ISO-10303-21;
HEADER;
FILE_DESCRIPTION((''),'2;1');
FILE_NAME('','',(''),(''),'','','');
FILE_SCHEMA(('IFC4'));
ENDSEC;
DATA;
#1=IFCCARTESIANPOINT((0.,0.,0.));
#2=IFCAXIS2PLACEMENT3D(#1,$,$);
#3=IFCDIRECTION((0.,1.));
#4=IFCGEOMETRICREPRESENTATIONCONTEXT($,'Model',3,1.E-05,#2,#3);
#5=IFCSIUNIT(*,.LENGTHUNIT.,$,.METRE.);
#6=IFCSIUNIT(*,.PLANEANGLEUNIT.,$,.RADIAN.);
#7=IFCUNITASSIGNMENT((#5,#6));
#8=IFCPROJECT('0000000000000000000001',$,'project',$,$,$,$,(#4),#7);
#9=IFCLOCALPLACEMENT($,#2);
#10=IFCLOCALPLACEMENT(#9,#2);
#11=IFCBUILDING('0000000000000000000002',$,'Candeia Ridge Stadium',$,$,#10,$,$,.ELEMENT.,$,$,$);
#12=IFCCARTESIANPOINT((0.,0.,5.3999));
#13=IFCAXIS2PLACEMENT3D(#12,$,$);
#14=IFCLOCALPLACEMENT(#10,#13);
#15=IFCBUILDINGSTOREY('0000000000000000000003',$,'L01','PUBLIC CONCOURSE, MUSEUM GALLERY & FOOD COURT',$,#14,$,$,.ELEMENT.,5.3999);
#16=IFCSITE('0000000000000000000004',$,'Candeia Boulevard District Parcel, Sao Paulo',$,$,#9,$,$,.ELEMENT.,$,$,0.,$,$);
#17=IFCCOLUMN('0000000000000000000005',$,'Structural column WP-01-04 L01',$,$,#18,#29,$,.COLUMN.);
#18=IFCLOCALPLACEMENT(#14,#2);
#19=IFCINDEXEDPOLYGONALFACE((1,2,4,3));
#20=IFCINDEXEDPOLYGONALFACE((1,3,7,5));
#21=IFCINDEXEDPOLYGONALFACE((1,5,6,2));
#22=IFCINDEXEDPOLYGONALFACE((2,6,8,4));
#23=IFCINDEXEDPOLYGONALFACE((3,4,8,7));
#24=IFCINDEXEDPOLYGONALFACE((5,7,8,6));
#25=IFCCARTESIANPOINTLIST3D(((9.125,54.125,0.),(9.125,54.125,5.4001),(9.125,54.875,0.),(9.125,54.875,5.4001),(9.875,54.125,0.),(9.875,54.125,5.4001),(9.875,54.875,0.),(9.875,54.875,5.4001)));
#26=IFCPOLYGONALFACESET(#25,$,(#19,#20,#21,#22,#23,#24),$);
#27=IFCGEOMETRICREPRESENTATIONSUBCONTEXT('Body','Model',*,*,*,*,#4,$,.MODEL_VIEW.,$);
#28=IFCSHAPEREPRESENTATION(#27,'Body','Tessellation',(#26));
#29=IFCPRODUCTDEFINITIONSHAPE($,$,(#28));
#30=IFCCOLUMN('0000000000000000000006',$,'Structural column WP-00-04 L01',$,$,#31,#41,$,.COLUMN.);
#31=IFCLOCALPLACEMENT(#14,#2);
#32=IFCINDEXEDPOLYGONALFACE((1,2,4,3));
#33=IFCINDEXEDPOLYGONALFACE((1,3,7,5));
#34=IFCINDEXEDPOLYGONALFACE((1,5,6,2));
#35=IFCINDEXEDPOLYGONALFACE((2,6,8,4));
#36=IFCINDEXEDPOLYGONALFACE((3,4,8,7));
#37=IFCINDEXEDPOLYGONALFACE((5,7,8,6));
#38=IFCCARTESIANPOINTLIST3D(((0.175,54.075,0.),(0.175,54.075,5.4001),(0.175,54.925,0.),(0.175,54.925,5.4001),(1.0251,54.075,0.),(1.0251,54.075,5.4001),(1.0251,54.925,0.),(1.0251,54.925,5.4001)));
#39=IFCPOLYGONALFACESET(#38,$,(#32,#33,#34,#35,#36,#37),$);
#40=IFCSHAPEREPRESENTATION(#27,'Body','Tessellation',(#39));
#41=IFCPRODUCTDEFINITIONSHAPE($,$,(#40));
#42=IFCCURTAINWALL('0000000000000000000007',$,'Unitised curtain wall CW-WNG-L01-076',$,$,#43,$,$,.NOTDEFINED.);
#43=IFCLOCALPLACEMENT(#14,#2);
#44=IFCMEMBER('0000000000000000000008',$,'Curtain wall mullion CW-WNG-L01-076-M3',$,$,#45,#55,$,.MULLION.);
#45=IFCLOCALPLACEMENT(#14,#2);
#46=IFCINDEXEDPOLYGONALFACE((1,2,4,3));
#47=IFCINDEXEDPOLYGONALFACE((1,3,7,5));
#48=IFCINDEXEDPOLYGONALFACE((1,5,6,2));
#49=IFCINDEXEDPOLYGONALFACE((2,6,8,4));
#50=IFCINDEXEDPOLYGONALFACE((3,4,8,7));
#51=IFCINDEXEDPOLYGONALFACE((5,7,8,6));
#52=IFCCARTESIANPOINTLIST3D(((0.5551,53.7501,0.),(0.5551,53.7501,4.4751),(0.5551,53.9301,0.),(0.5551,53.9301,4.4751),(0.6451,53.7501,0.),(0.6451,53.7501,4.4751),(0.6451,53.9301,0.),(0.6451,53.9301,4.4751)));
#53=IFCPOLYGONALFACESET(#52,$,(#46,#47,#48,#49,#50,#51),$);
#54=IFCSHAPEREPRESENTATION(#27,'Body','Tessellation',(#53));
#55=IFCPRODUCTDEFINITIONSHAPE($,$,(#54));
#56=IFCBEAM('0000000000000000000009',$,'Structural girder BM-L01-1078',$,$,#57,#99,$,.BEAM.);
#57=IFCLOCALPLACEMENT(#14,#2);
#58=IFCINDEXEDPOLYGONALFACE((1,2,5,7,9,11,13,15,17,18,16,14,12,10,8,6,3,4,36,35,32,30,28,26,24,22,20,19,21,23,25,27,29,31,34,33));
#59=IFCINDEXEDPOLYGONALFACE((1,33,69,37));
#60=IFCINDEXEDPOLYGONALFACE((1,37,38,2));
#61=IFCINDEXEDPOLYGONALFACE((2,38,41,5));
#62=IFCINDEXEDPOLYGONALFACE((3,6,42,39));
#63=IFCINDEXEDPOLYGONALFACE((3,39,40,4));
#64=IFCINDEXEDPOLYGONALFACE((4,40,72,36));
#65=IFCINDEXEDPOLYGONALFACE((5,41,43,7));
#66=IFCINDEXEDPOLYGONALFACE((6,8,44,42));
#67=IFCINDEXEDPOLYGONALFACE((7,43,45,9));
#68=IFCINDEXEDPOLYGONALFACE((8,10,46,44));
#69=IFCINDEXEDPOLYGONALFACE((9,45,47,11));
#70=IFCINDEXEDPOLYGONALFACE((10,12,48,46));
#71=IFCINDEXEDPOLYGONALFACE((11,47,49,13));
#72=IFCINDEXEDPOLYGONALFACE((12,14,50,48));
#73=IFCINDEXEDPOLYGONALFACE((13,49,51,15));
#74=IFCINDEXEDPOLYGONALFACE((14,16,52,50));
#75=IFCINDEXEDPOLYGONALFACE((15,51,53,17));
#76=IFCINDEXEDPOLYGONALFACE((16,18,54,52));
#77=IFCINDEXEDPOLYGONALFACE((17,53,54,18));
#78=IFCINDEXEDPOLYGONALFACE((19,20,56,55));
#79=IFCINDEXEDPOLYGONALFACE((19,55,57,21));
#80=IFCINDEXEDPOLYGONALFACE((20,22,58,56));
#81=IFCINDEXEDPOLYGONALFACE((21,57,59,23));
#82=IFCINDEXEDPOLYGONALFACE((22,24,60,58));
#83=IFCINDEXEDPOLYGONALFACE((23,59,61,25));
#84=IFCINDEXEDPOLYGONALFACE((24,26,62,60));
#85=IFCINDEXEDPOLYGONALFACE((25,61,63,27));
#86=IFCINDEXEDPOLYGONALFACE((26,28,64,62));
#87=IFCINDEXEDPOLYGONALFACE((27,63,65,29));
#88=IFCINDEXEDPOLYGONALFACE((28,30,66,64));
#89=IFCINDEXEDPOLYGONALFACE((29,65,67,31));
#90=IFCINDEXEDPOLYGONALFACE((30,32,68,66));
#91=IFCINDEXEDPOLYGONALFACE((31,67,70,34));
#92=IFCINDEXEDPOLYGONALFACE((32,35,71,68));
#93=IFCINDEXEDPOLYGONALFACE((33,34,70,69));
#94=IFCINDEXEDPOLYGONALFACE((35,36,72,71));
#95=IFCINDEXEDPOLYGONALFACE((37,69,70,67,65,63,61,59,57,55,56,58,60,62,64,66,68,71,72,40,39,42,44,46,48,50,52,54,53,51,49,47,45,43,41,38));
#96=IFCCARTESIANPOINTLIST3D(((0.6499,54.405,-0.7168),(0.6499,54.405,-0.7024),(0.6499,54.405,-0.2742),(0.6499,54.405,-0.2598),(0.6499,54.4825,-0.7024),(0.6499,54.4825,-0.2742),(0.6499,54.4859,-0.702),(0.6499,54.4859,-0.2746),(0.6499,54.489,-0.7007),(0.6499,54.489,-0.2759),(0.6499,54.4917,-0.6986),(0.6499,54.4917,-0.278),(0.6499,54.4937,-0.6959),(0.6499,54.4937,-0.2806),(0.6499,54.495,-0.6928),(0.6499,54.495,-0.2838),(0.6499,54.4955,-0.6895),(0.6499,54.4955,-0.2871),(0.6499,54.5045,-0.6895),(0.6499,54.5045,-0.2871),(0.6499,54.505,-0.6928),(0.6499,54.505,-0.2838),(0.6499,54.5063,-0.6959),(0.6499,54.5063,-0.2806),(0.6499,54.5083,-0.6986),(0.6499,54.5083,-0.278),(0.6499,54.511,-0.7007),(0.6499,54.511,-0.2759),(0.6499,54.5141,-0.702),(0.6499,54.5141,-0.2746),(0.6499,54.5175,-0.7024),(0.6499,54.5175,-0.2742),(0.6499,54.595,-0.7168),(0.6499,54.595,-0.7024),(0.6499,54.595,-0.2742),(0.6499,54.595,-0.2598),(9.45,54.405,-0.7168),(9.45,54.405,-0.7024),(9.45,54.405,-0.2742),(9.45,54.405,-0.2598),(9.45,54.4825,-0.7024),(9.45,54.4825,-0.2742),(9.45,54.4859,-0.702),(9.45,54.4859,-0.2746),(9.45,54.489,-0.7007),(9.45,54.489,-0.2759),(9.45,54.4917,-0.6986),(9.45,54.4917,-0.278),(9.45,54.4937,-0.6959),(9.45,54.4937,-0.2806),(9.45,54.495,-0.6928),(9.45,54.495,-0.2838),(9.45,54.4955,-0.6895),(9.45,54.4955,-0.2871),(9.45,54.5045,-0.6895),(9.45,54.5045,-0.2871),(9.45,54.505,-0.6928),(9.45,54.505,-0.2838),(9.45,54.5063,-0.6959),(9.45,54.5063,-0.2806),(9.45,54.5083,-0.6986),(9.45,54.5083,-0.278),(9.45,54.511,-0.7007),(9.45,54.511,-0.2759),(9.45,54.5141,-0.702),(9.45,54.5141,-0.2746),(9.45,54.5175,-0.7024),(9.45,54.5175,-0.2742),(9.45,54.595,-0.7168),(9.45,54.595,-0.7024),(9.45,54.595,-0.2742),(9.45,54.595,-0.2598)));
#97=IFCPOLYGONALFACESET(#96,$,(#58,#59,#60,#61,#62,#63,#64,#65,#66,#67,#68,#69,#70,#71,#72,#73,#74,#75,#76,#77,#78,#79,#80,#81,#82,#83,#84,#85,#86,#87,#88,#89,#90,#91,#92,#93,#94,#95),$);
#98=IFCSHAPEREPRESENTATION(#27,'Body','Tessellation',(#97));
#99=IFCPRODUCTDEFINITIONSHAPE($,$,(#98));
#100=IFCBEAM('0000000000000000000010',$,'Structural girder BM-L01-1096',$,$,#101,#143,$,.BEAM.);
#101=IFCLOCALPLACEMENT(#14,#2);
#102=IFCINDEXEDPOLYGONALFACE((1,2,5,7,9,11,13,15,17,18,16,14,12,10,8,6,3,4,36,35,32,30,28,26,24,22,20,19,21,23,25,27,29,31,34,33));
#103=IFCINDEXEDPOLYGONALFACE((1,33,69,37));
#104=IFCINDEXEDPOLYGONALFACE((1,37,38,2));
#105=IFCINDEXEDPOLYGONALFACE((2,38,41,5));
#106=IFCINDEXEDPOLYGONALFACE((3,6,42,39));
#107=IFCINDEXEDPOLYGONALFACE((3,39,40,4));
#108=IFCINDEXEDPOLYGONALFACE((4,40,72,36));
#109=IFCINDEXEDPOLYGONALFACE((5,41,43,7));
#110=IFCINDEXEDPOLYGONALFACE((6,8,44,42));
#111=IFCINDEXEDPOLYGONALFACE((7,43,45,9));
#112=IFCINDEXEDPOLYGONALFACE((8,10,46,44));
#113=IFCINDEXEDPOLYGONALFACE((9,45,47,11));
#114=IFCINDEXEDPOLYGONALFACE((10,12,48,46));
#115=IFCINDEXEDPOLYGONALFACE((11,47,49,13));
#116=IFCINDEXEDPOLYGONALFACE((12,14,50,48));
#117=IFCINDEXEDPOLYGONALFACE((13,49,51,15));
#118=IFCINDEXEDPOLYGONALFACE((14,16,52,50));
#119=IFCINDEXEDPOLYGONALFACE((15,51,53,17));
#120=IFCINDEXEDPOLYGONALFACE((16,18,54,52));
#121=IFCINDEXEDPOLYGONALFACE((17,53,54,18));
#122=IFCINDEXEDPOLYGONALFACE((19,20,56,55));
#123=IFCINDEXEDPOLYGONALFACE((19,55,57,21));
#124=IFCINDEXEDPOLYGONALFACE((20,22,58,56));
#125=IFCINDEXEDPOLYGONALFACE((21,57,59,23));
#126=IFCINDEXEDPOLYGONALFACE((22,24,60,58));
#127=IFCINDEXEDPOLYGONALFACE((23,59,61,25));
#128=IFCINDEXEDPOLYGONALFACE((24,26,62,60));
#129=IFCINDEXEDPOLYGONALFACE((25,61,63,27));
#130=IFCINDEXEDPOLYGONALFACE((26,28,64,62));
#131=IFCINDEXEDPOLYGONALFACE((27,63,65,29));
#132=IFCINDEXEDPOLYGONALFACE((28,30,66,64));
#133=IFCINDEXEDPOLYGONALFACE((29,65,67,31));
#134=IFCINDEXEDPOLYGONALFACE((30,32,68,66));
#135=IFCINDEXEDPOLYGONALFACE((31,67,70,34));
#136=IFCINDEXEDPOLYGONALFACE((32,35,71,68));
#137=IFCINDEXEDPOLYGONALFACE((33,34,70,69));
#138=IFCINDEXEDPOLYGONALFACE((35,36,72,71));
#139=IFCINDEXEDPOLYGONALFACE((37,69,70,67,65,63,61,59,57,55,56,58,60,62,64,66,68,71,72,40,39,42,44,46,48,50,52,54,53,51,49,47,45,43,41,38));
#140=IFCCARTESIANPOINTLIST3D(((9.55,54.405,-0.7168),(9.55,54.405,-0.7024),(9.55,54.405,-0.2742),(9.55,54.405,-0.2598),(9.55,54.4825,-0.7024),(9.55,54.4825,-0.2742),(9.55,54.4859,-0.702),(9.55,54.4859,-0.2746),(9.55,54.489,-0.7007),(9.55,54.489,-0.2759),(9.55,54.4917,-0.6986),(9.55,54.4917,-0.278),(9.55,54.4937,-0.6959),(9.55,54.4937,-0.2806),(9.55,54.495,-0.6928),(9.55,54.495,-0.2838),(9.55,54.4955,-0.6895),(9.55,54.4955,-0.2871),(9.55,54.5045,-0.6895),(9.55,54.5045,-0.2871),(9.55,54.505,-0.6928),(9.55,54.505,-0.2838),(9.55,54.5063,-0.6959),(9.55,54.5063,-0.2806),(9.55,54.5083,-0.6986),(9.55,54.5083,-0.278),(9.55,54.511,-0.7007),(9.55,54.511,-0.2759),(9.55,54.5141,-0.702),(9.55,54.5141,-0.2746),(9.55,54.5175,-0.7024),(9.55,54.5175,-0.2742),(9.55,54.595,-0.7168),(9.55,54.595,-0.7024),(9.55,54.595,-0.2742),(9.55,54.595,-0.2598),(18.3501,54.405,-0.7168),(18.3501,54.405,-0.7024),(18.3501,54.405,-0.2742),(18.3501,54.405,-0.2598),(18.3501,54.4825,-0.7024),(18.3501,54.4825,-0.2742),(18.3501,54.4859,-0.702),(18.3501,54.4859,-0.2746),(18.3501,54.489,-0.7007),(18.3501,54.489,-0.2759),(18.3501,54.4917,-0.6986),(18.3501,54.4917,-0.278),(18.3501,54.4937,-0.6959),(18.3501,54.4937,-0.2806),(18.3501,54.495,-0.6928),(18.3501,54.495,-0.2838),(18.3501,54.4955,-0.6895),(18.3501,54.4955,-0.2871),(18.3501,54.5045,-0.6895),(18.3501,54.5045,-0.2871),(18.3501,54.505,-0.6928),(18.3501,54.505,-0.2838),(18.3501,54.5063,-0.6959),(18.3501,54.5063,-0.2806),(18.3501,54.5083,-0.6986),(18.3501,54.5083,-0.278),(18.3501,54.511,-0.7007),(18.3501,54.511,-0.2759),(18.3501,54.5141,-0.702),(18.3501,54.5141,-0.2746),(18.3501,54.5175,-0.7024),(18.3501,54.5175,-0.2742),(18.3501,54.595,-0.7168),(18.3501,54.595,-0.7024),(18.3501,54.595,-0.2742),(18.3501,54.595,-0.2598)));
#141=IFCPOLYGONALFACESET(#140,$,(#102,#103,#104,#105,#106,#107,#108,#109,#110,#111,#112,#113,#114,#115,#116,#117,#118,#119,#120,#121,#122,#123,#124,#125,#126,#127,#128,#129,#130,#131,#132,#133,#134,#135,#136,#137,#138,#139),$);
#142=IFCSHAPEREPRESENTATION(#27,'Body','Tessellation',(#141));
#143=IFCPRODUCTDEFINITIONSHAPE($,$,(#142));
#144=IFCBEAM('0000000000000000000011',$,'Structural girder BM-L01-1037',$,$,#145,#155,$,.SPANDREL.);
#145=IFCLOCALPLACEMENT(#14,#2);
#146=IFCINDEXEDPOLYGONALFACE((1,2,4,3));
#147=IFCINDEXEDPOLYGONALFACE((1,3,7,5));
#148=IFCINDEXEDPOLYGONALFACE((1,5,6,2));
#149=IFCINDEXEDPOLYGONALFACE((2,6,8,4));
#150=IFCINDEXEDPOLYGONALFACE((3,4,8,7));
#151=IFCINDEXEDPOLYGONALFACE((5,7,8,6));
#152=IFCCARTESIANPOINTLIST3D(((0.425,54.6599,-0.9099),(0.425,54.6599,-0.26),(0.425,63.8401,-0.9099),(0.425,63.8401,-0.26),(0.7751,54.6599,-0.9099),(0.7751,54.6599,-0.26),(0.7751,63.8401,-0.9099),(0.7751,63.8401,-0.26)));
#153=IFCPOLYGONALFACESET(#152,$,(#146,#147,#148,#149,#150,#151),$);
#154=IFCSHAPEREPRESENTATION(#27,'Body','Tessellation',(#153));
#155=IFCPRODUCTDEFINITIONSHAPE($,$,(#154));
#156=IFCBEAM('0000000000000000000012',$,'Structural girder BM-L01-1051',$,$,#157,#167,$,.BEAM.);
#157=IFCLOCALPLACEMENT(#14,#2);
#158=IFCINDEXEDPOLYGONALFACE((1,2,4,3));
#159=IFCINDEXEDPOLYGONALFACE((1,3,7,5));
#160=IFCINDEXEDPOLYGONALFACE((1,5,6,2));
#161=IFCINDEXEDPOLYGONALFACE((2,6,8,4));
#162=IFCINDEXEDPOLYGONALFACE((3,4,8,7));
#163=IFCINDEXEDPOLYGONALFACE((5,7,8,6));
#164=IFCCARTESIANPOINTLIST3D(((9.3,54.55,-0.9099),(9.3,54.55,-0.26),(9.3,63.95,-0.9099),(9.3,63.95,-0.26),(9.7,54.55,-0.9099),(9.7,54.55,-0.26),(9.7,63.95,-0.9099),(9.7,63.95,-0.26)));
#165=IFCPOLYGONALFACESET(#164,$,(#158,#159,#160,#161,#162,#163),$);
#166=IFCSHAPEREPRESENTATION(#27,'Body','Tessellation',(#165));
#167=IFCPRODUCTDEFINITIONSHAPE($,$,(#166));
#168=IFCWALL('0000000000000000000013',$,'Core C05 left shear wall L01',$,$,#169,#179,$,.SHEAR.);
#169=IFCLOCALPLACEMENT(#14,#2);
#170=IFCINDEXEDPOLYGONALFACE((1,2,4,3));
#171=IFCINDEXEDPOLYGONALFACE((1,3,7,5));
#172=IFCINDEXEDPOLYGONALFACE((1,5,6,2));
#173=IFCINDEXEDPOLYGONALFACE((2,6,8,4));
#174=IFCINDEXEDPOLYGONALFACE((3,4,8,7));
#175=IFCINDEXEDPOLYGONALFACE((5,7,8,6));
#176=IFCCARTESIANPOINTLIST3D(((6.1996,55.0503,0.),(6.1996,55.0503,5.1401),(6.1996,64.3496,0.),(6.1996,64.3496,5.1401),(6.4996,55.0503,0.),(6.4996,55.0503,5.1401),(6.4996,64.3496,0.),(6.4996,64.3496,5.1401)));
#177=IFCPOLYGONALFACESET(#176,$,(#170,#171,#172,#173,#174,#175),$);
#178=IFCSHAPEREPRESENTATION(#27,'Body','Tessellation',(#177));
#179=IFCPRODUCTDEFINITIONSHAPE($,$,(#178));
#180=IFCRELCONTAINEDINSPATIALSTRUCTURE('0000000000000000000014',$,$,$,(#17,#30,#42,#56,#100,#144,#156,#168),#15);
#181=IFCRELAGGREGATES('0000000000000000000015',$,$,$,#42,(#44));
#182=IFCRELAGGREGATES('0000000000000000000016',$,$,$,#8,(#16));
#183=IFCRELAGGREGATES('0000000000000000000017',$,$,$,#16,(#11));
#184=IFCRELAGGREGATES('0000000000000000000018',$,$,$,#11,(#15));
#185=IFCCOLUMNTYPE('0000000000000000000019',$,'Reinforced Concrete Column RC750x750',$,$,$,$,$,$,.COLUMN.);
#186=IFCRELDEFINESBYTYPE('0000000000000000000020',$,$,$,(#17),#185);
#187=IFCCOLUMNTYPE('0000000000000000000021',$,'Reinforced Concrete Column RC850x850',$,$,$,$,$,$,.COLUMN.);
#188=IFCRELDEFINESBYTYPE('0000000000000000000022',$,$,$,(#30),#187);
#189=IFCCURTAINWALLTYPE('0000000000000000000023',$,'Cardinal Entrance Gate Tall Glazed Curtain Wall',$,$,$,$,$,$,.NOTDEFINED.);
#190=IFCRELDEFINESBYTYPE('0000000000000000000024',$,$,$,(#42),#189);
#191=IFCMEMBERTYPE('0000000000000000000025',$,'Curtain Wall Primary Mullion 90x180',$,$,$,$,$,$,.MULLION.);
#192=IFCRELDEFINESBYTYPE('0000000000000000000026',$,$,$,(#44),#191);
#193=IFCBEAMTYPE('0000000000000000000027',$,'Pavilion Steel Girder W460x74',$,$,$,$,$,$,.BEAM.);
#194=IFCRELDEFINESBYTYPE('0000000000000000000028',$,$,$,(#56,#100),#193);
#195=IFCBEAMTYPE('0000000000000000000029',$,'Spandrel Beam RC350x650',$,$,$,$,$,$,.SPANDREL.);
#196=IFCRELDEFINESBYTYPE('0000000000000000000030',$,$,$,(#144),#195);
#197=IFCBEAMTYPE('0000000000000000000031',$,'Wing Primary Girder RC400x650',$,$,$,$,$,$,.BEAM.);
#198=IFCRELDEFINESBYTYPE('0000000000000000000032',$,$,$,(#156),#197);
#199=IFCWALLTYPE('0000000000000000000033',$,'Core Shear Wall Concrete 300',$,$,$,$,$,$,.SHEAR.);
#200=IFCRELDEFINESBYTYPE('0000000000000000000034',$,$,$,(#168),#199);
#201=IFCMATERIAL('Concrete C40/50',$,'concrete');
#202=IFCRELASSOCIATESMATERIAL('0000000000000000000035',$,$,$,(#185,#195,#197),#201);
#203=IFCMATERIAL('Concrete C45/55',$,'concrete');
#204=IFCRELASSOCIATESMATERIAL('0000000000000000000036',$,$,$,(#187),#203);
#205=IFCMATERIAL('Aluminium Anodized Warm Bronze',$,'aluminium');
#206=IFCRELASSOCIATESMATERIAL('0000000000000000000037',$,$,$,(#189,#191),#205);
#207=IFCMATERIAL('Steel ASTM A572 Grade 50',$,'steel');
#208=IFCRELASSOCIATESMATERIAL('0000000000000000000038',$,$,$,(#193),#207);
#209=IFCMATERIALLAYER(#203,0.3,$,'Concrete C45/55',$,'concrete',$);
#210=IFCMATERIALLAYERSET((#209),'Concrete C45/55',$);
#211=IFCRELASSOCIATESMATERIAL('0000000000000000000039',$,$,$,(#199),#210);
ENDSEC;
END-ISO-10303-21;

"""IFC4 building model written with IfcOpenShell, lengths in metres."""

from ifc_helpers import new_model, si_unit, direction, frame, frame_2d, origin, origin_2d, place, context, subcontext, project, spatial, rectangle, i_section, extrude, material, layer, layer_set, material_profile, profile_set, type_object, element, aggregate, save


model = new_model("IFC4")

# Units and contexts
model_context = context("Model", 3, precision=1e-05, world=origin(), true_north=direction((0.0, 1.0)))
body_context = subcontext(model_context, "Body", "Model", "MODEL_VIEW")
ifc_project = project(units=[si_unit("LENGTHUNIT", "METRE"), si_unit("PLANEANGLEUNIT", "RADIAN")], contexts=[model_context])

# Site, building, storey
site_placement = place(None, origin())
site = spatial("IfcSite", under=ifc_project, at=site_placement, Name="Candeia Boulevard District Parcel, Sao Paulo", CompositionType="ELEMENT", RefElevation=0.0)
building_placement = place(site_placement, origin())
building = spatial("IfcBuilding", under=site, at=building_placement, Name="Candeia Ridge Stadium", CompositionType="ELEMENT")
storey_placement = place(building_placement, frame((0.0, 0.0, 5.3999)))
storey = spatial("IfcBuildingStorey", under=building, at=storey_placement, Name="L01", Description="PUBLIC CONCOURSE, MUSEUM GALLERY & FOOD COURT", CompositionType="ELEMENT", Elevation=5.3999)

# Columns
ifc_material_1 = material(Name="Concrete C40/50", Category="concrete")
ifc_material_profile_1 = material_profile(ifc_material_1, rectangle(XDim=0.75, YDim=0.75, at=origin_2d()), Name="RC750x750", Category="concrete")
ifc_profile_set_1 = profile_set([ifc_material_profile_1], Name="Concrete C40/50")
column_type_1 = type_object("IfcColumnType", Name="Reinforced Concrete Column RC750x750", PredefinedType="COLUMN", material=ifc_profile_set_1)
column_1_placement = place(storey_placement, frame((9.5, 54.5, 0.0), z_axis=(0.0, 0.0, 1.0), x_axis=(1.0, 0.0, 0.0)))
element("IfcColumn", 1, at=column_1_placement, inside=storey, type_object=column_type_1, Name="Structural column WP-01-04 L01", PredefinedType="COLUMN", context=body_context, shape_type="SweptSolid", body=[
    extrude(rectangle(XDim=0.75, YDim=0.75, at=origin_2d()), origin(), (0.0, 0.0, 1.0), 5.4001),
])
ifc_material_2 = material(Name="Concrete C45/55", Category="concrete")
ifc_material_profile_2 = material_profile(ifc_material_2, rectangle(XDim=0.8501, YDim=0.8501, at=origin_2d()), Name="RC850x850", Category="concrete")
ifc_profile_set_2 = profile_set([ifc_material_profile_2], Name="Concrete C45/55")
column_type_2 = type_object("IfcColumnType", Name="Reinforced Concrete Column RC850x850", PredefinedType="COLUMN", material=ifc_profile_set_2)
column_2_placement = place(storey_placement, frame((0.6001, 54.5, 0.0), z_axis=(0.0, 0.0, 1.0), x_axis=(1.0, 0.0, 0.0)))
element("IfcColumn", 2, at=column_2_placement, inside=storey, type_object=column_type_2, Name="Structural column WP-00-04 L01", PredefinedType="COLUMN", context=body_context, shape_type="SweptSolid", body=[
    extrude(rectangle(XDim=0.8501, YDim=0.8501, at=origin_2d()), origin(), (0.0, 0.0, 1.0), 5.4001),
])

# Curtain wall, member
ifc_material_3 = material(Name="Aluminium Anodized Warm Bronze", Category="aluminium")
curtain_wall_type = type_object("IfcCurtainWallType", Name="Cardinal Entrance Gate Tall Glazed Curtain Wall", PredefinedType="NOTDEFINED", material=ifc_material_3)
curtain_wall_placement = place(storey_placement, origin())
curtain_wall = element("IfcCurtainWall", 3, at=curtain_wall_placement, inside=storey, type_object=curtain_wall_type, Name="Unitised curtain wall CW-WNG-L01-076", PredefinedType="NOTDEFINED")
ifc_material_profile_3 = material_profile(ifc_material_3, rectangle(XDim=0.0901, YDim=0.1799, at=origin_2d()), Name="CWM-90x180", Category="aluminium")
ifc_profile_set_3 = profile_set([ifc_material_profile_3], Name="Aluminium Anodized Warm Bronze")
member_type = type_object("IfcMemberType", Name="Curtain Wall Primary Mullion 90x180", PredefinedType="MULLION", material=ifc_profile_set_3)
member_placement = place(storey_placement, frame((0.6001, 53.8401, 0.0), z_axis=(0.0, 0.0, 1.0), x_axis=(1.0, 0.0, 0.0)))
member = element("IfcMember", 4, at=member_placement, type_object=member_type, Name="Curtain wall mullion CW-WNG-L01-076-M3", PredefinedType="MULLION", context=body_context, shape_type="SweptSolid", body=[
    extrude(rectangle(XDim=0.0901, YDim=0.1799, at=origin_2d()), origin(), (0.0, 0.0, 1.0), 4.4751),
])
aggregate(curtain_wall, [member])

# Beams
ifc_material_4 = material(Name="Steel ASTM A572 Grade 50", Category="steel")
ifc_material_profile_4 = material_profile(ifc_material_4, i_section(OverallWidth=0.1899, OverallDepth=0.457, WebThickness=0.009, FlangeThickness=0.0144, FilletRadius=0.0129, at=origin_2d()), Name="W460x74", Category="steel")
ifc_profile_set_4 = profile_set([ifc_material_profile_4], Name="Steel ASTM A572 Grade 50")
beam_type_1 = type_object("IfcBeamType", Name="Pavilion Steel Girder W460x74", PredefinedType="BEAM", material=ifc_profile_set_4)
for number, where, z_axis, x_axis, name in (
    (5, (0.6499, 54.5, -0.4883), (1.0, 0.0, 0.0), (0.0, 1.0, 0.0), "Structural girder BM-L01-1078"),
    (6, (9.55, 54.5, -0.4883), (1.0, 0.0, 0.0), (0.0, 1.0, 0.0), "Structural girder BM-L01-1096"),
):
    element("IfcBeam", number, at=place(storey_placement, frame(where, z_axis=z_axis, x_axis=x_axis)), inside=storey, type_object=beam_type_1, Name=name, PredefinedType="BEAM", context=body_context, shape_type="SweptSolid", body=[
        extrude(i_section(OverallWidth=0.1899, OverallDepth=0.457, WebThickness=0.009, FlangeThickness=0.0144, FilletRadius=0.0129, at=origin_2d()), origin(), (0.0, 0.0, 1.0), 8.8),
    ])
ifc_material_profile_5 = material_profile(ifc_material_1, rectangle(XDim=0.3501, YDim=0.6499, at=origin_2d()), Name="RC350x650", Category="concrete")
ifc_profile_set_5 = profile_set([ifc_material_profile_5], Name="Concrete C40/50")
beam_type_2 = type_object("IfcBeamType", Name="Spandrel Beam RC350x650", PredefinedType="SPANDREL", material=ifc_profile_set_5)
beam_1_placement = place(storey_placement, frame((0.6001, 54.6599, -0.585), z_axis=(0.0, 1.0, 0.0), x_axis=(-1.0, 0.0, 0.0)))
element("IfcBeam", 7, at=beam_1_placement, inside=storey, type_object=beam_type_2, Name="Structural girder BM-L01-1037", PredefinedType="SPANDREL", context=body_context, shape_type="SweptSolid", body=[
    extrude(rectangle(XDim=0.3501, YDim=0.6499, at=origin_2d()), origin(), (0.0, 0.0, 1.0), 9.1802),
])
ifc_material_profile_6 = material_profile(ifc_material_1, rectangle(XDim=0.3999, YDim=0.6499, at=origin_2d()), Name="RC400x650", Category="concrete")
ifc_profile_set_6 = profile_set([ifc_material_profile_6], Name="Concrete C40/50")
beam_type_3 = type_object("IfcBeamType", Name="Wing Primary Girder RC400x650", PredefinedType="BEAM", material=ifc_profile_set_6)
beam_2_placement = place(storey_placement, frame((9.5, 54.55, -0.585), z_axis=(0.0, 1.0, 0.0), x_axis=(-1.0, 0.0, 0.0)))
element("IfcBeam", 8, at=beam_2_placement, inside=storey, type_object=beam_type_3, Name="Structural girder BM-L01-1051", PredefinedType="BEAM", context=body_context, shape_type="SweptSolid", body=[
    extrude(rectangle(XDim=0.3999, YDim=0.6499, at=origin_2d()), origin(), (0.0, 0.0, 1.0), 9.3999),
])

# Wall
ifc_layer_1 = layer(ifc_material_2, 0.3, Name="Concrete C45/55", Category="concrete")
ifc_layer_set_1 = layer_set([ifc_layer_1], Name="Concrete C45/55")
wall_type_1 = type_object("IfcWallType", Name="Core Shear Wall Concrete 300", PredefinedType="SHEAR", material=ifc_layer_set_1)
wall_1_placement = place(storey_placement, frame((6.3496, 55.0503, 0.0), z_axis=(0.0, 0.0, 1.0), x_axis=(0.0, 1.0, 0.0)))
element("IfcWall", 9, at=wall_1_placement, inside=storey, type_object=wall_type_1, Name="Core C05 left shear wall L01", PredefinedType="SHEAR", context=body_context, shape_type="SweptSolid", body=[
    extrude(rectangle(XDim=9.2993, YDim=0.3, at=frame_2d((4.6497, 0.0))), origin(), (0.0, 0.0, 1.0), 5.1401),
])

save(model, "model.ifc")
